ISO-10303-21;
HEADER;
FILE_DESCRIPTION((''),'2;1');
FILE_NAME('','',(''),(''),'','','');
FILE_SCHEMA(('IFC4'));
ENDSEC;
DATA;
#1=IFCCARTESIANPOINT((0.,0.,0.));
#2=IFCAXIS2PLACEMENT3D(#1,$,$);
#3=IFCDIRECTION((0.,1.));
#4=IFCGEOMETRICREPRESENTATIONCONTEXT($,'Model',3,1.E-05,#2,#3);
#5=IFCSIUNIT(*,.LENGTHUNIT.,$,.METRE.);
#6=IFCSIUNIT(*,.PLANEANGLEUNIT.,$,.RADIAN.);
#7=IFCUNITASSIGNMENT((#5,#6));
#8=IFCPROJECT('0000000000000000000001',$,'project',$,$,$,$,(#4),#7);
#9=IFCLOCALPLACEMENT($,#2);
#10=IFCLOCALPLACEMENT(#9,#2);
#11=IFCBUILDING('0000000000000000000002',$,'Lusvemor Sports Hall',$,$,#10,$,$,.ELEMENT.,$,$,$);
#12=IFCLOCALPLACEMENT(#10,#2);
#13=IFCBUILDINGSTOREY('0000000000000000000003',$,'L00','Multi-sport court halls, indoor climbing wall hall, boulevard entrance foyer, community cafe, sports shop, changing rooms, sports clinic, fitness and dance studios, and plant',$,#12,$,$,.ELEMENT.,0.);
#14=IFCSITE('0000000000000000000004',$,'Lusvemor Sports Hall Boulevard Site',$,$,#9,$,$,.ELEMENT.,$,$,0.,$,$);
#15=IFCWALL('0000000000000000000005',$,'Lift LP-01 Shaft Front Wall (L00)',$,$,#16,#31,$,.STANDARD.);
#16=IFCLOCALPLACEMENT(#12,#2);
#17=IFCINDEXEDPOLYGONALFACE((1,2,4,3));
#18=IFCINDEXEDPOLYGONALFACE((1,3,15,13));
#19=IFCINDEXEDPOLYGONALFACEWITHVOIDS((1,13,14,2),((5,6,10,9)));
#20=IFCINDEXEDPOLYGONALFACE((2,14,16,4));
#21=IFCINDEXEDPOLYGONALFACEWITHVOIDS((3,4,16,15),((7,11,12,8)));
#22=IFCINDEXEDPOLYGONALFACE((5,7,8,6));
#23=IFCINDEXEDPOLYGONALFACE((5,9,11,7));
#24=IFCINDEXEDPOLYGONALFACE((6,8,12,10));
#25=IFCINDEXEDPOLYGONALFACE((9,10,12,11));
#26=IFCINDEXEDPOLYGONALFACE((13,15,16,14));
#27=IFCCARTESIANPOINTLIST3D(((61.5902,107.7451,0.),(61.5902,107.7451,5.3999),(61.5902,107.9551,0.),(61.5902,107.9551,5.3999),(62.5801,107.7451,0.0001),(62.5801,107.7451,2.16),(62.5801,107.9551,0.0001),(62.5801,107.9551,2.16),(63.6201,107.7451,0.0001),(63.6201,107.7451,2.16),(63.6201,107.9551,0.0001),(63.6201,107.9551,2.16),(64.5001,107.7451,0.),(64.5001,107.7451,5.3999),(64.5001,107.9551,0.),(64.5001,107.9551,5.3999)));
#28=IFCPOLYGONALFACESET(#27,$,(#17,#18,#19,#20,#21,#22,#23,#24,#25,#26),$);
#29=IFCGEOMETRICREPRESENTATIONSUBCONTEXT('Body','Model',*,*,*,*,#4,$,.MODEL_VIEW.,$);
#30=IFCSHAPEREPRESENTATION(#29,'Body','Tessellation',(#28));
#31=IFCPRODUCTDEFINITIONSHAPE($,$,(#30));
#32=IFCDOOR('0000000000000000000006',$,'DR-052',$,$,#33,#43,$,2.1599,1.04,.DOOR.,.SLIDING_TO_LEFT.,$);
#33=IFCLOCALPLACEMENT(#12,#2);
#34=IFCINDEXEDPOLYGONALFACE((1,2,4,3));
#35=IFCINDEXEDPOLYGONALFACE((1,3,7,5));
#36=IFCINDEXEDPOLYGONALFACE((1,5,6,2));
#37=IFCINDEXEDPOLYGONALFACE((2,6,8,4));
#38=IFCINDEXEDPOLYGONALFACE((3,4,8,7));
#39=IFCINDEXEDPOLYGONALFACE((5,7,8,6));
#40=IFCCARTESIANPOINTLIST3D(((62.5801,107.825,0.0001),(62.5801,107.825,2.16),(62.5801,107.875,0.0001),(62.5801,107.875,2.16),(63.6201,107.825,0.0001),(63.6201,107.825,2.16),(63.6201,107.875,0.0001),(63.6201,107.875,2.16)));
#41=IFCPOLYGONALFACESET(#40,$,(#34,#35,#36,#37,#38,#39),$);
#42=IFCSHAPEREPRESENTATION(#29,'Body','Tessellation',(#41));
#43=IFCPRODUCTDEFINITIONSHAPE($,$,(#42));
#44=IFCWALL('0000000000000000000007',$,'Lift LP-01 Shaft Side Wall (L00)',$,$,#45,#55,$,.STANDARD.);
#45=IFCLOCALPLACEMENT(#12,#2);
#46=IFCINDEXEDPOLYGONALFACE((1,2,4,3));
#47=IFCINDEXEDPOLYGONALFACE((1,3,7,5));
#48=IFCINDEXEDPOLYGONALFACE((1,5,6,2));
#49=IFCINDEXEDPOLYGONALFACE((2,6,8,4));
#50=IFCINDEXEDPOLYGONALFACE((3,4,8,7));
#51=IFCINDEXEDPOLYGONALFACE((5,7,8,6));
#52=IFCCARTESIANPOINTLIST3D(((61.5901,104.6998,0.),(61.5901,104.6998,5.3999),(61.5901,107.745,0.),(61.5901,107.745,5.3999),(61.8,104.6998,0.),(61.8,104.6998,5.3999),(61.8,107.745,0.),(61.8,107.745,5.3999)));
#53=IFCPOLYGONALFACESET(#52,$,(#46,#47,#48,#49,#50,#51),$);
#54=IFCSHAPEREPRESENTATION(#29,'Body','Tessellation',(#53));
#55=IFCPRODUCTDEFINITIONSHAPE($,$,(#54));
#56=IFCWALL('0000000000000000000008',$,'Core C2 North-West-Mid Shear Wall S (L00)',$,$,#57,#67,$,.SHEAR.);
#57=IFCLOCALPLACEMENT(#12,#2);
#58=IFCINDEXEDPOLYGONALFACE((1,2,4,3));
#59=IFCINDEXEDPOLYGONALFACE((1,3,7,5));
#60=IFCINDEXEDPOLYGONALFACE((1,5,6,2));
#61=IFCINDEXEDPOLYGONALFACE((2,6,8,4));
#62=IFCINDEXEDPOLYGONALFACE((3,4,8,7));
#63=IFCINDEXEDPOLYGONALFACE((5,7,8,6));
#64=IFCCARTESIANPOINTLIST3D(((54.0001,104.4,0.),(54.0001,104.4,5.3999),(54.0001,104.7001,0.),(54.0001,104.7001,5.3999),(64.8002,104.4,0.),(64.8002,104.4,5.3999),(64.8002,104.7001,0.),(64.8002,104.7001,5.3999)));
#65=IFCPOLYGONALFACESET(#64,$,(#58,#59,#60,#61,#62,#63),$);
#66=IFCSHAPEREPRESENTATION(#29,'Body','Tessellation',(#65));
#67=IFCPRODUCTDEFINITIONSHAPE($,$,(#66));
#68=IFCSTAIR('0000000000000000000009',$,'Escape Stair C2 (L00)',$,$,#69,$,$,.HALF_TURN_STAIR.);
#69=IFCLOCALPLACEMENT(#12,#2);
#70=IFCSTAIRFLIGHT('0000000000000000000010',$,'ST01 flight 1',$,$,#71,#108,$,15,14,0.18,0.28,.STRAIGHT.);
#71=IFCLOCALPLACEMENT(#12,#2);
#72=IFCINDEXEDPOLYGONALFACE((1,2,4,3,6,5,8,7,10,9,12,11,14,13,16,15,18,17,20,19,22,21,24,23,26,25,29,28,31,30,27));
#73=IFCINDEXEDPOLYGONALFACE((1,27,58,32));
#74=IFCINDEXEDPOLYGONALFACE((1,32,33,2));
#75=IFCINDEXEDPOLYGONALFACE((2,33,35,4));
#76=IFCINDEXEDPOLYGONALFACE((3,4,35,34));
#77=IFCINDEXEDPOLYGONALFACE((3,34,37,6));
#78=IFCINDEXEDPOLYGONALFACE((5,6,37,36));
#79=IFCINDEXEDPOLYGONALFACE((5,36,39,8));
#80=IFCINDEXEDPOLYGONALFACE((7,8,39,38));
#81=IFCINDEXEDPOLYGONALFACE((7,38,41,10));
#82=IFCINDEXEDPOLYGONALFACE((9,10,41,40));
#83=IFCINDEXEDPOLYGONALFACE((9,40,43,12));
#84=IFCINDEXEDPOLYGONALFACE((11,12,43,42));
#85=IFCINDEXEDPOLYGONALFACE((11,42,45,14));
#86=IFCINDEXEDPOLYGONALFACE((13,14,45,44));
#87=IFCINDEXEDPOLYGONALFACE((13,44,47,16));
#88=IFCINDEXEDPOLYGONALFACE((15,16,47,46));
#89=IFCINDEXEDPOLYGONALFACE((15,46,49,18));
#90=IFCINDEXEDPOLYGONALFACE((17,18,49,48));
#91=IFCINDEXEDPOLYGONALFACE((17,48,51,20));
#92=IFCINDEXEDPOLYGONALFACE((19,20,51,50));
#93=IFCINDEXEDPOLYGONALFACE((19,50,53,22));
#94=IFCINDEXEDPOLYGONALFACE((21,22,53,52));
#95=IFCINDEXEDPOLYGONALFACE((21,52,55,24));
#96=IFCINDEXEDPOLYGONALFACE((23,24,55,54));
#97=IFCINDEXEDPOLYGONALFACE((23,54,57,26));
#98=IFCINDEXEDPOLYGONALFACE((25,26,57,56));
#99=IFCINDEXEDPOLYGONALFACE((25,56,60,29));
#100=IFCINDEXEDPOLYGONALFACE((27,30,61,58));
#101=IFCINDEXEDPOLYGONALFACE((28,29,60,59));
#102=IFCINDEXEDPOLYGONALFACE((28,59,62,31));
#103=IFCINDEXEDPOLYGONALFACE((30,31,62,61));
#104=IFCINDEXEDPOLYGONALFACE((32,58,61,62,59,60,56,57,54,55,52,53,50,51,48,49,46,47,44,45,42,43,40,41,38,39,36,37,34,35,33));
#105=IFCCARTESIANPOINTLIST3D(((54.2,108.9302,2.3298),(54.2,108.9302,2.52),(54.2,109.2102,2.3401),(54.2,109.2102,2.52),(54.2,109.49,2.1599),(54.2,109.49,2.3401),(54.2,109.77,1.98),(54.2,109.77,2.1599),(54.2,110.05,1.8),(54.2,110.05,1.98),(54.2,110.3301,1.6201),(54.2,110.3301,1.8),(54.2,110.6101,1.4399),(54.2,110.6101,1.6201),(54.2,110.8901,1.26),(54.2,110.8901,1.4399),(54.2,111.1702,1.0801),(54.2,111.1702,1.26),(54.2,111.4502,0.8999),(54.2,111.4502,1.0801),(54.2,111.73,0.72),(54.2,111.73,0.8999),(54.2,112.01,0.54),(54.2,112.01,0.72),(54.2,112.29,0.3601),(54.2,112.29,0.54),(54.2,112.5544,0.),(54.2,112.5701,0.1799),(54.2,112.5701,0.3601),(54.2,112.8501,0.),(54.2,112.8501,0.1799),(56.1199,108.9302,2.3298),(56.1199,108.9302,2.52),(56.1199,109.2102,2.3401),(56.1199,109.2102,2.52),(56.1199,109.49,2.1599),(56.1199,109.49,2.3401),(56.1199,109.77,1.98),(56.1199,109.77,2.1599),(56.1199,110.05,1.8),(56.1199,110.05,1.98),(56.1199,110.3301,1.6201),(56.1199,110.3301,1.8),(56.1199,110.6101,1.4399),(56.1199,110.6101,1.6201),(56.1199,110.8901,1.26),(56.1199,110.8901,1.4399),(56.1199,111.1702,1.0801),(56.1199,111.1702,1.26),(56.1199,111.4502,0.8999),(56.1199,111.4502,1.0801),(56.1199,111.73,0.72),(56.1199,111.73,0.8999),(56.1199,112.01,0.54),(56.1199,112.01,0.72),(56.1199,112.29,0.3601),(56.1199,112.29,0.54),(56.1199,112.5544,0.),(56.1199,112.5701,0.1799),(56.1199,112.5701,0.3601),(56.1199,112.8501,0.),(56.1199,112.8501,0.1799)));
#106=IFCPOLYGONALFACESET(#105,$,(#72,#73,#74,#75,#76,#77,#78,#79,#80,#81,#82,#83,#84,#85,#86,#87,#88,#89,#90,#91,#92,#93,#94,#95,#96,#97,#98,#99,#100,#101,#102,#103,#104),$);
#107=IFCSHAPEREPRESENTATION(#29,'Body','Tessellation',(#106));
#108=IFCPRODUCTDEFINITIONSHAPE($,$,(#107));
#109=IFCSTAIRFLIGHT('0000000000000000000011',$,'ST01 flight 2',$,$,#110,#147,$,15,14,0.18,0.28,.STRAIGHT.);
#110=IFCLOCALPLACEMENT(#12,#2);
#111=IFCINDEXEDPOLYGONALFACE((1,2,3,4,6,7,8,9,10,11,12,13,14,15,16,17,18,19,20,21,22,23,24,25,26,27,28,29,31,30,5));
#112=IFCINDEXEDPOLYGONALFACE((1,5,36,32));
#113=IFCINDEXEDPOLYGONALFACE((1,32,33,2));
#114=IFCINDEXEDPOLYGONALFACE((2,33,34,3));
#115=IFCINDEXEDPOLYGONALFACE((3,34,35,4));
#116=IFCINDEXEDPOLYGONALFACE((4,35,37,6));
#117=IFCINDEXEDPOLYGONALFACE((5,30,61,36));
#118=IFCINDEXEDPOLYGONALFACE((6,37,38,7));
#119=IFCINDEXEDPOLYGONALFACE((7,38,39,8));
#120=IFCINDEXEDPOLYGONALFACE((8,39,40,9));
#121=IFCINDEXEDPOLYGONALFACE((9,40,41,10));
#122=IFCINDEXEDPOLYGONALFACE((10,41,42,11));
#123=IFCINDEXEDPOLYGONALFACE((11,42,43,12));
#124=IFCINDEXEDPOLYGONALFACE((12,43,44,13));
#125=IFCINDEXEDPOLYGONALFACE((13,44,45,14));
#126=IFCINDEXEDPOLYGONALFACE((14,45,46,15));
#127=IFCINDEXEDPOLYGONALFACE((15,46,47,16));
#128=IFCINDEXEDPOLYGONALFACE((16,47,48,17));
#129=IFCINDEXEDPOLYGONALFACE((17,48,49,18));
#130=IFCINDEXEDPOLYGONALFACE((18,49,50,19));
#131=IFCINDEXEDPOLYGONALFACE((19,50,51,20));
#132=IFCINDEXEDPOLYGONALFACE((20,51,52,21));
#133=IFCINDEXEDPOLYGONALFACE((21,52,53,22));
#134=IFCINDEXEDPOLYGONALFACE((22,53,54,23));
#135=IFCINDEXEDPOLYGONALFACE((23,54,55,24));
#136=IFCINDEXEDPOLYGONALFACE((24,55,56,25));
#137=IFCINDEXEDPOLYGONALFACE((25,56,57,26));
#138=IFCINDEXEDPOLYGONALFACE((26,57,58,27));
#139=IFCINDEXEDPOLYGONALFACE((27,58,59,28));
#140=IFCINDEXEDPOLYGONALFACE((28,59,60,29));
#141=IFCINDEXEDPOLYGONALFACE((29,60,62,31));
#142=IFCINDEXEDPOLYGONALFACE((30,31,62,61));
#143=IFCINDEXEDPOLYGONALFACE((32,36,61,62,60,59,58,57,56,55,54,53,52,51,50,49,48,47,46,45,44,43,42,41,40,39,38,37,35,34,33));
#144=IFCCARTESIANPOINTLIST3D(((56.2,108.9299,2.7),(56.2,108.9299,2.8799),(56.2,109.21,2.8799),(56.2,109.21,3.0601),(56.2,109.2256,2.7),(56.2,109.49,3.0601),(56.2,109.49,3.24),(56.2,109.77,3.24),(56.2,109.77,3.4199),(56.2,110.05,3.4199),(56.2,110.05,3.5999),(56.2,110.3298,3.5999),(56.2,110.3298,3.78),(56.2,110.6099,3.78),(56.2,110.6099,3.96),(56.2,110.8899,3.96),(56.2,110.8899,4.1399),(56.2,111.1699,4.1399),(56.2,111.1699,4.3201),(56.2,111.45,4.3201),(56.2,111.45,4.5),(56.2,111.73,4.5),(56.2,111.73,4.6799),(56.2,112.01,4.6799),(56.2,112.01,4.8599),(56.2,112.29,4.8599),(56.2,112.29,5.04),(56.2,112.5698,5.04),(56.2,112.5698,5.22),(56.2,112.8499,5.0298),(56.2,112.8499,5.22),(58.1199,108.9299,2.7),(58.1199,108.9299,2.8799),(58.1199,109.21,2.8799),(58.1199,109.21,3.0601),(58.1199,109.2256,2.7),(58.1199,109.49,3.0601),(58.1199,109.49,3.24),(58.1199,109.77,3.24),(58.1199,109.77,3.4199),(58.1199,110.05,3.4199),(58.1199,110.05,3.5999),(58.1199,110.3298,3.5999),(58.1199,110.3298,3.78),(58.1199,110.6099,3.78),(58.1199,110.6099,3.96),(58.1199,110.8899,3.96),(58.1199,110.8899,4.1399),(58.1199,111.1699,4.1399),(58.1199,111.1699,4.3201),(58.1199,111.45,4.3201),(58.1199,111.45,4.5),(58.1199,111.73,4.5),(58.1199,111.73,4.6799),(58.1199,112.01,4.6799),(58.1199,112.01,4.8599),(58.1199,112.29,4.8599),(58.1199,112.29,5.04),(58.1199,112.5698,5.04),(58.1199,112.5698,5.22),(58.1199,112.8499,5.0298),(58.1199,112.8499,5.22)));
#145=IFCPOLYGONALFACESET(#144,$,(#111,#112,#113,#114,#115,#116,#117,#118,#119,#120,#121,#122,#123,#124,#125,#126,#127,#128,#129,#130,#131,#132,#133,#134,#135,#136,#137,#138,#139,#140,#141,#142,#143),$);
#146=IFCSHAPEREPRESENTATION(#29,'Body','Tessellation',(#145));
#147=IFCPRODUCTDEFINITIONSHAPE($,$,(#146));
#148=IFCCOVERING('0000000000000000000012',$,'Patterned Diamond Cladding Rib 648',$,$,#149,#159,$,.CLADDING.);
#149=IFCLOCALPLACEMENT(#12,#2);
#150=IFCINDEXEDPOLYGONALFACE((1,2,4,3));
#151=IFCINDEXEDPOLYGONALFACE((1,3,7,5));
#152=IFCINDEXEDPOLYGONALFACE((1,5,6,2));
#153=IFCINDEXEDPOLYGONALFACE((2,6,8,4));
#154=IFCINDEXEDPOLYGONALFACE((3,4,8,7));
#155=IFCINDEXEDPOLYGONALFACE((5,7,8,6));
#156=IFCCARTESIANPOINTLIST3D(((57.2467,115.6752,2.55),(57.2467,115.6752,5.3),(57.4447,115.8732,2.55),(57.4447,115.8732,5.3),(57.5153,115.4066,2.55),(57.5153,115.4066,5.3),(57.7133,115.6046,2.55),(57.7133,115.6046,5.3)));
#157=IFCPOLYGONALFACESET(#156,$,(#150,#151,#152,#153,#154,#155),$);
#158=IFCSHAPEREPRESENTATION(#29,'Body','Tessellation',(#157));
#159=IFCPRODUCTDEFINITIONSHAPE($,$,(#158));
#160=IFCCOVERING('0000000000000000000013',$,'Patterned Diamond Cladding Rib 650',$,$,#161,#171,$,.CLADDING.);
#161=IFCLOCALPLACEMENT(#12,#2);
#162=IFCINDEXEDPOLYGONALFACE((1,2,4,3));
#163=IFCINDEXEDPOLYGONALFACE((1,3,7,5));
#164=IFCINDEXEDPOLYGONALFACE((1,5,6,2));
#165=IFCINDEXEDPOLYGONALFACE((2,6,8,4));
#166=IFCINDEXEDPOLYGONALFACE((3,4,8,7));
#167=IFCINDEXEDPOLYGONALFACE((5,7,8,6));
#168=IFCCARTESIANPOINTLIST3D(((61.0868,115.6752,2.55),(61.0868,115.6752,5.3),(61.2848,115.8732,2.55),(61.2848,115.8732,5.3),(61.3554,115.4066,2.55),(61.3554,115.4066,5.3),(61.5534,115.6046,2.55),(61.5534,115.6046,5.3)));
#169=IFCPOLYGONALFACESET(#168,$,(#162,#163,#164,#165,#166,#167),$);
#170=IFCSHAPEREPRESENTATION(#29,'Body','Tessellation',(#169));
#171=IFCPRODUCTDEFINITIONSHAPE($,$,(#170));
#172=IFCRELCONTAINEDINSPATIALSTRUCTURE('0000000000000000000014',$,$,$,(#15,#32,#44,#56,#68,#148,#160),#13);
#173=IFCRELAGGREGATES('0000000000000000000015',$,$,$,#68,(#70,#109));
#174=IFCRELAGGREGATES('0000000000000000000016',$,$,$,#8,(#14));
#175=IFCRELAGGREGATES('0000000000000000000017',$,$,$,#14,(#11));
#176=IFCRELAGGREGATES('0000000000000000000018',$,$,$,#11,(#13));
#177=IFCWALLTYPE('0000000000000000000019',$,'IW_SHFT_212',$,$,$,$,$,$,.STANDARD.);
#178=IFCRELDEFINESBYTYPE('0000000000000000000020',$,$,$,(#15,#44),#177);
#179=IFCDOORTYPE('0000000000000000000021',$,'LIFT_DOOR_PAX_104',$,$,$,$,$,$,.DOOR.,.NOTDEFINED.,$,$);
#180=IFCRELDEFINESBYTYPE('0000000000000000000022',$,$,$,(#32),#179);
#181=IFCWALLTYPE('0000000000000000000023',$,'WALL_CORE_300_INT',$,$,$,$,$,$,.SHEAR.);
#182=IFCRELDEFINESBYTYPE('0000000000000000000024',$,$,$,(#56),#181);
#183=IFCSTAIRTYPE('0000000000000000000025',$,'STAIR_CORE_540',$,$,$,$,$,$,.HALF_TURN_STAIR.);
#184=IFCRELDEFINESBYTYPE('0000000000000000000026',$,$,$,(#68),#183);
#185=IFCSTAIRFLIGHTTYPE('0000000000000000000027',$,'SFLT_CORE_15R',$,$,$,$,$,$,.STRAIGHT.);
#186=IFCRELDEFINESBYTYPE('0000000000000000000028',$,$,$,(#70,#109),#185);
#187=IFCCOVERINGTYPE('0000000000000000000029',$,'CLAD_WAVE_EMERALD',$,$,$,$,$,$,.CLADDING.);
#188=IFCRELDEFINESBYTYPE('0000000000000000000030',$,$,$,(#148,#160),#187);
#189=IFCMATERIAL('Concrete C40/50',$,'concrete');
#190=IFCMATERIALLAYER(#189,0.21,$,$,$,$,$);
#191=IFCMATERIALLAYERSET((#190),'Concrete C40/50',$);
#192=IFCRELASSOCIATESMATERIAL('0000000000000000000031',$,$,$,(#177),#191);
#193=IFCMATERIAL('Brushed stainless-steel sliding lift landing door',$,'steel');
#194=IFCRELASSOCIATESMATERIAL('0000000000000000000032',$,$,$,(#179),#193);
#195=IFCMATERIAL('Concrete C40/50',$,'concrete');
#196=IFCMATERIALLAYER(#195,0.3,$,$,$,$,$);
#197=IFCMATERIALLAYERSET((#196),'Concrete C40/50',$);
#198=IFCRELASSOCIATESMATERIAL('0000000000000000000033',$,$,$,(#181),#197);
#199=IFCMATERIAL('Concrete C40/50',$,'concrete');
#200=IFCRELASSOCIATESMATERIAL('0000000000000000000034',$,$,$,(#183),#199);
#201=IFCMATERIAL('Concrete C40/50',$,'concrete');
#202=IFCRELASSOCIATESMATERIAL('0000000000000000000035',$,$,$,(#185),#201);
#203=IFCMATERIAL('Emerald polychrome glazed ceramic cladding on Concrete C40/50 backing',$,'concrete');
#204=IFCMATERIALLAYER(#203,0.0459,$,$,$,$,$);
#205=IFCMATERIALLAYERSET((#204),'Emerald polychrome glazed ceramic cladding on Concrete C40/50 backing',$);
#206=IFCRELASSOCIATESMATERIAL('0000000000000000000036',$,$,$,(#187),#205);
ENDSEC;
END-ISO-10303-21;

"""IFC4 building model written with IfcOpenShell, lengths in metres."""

from ifc_helpers import new_model, si_unit, direction, frame, frame_2d, origin, origin_2d, place, context, subcontext, project, spatial, polyline, rectangle, outline, extrude, material, layer, layer_set, type_object, element, fill, aggregate, save


model = new_model("IFC4")

# Units and contexts
model_context = context("Model", 3, precision=1e-05, world=origin(), true_north=direction((0.0, 1.0)))
body_context = subcontext(model_context, "Body", "Model", "MODEL_VIEW")
ifc_project = project(units=[si_unit("LENGTHUNIT", "METRE"), si_unit("PLANEANGLEUNIT", "RADIAN")], contexts=[model_context])

# Site, building, storey
site_placement = place(None, origin())
site = spatial("IfcSite", under=ifc_project, at=site_placement, Name="Lusvemor Sports Hall Boulevard Site", CompositionType="ELEMENT", RefElevation=0.0)
building_placement = place(site_placement, origin())
building = spatial("IfcBuilding", under=site, at=building_placement, Name="Lusvemor Sports Hall", CompositionType="ELEMENT")
storey_placement = place(building_placement, origin())
storey = spatial("IfcBuildingStorey", under=building, at=storey_placement, Name="L00", Description="Multi-sport court halls, indoor climbing wall hall, boulevard entrance foyer, community cafe, sports shop, changing rooms, sports clinic, fitness and dance studios, and plant", CompositionType="ELEMENT", Elevation=0.0)

# Wall, opening, door
ifc_material_1 = material(Name="Concrete C40/50", Category="concrete")
ifc_layer_1 = layer(ifc_material_1, 0.21)
ifc_layer_set_1 = layer_set([ifc_layer_1], Name="Concrete C40/50")
wall_type_1 = type_object("IfcWallType", Name="IW_SHFT_212", PredefinedType="STANDARD", material=ifc_layer_set_1)
wall_1_placement = place(storey_placement, frame((61.5901, 107.8501, 0.0), z_axis=(0.0, 0.0, 1.0), x_axis=(1.0, 0.0, 0.0)))
wall_1 = element("IfcWall", 1, at=wall_1_placement, inside=storey, type_object=wall_type_1, Name="Lift LP-01 Shaft Front Wall (L00)", PredefinedType="STANDARD", context=body_context, shape_type="SweptSolid", body=[
    extrude(rectangle(XDim=2.9099, YDim=0.21, at=frame_2d((1.4551, 0.0))), origin(), (0.0, 0.0, 1.0), 5.3999),
])
opening_1_placement = place(wall_1_placement, frame((0.99, 0.0, 0.0)))
opening_1 = element("IfcOpeningElement", 2, at=opening_1_placement, cuts=wall_1, PredefinedType="OPENING", context=body_context, shape_type="SweptSolid", body=[
    extrude(rectangle(XDim=1.04, YDim=2.1599, at=frame_2d((0.52, 1.0801))), frame((0.0, 0.105, 0.0), z_axis=(0.0, -1.0, 0.0), x_axis=(1.0, 0.0, 0.0)), (0.0, 0.0, 1.0), 0.21),
])
ifc_material_2 = material(Name="Brushed stainless-steel sliding lift landing door", Category="steel")
door_type_1 = type_object("IfcDoorType", Name="LIFT_DOOR_PAX_104", OperationType="NOTDEFINED", PredefinedType="DOOR", material=ifc_material_2)
door_1_placement = place(opening_1_placement, origin())
door_1 = element("IfcDoor", 3, at=door_1_placement, inside=storey, type_object=door_type_1, Name="DR-052", OperationType="SLIDING_TO_LEFT", OverallHeight=2.1599, OverallWidth=1.04, PredefinedType="DOOR", context=body_context, shape_type="SweptSolid", body=[
    extrude(rectangle(XDim=1.04, YDim=2.1599, at=frame_2d((0.52, 1.0801))), frame((0.0, 0.0249, 0.0), z_axis=(0.0, -1.0, 0.0), x_axis=(1.0, 0.0, 0.0)), (0.0, 0.0, 1.0), 0.05),
])
fill(opening_1, door_1)

# Walls
wall_2_placement = place(storey_placement, frame((61.6951, 104.7, 0.0), z_axis=(0.0, 0.0, 1.0), x_axis=(0.0, 1.0, 0.0)))
element("IfcWall", 4, at=wall_2_placement, inside=storey, type_object=wall_type_1, Name="Lift LP-01 Shaft Side Wall (L00)", PredefinedType="STANDARD", context=body_context, shape_type="SweptSolid", body=[
    extrude(rectangle(XDim=3.0452, YDim=0.21, at=frame_2d((1.5225, 0.0))), origin(), (0.0, 0.0, 1.0), 5.3999),
])
ifc_material_3 = material(Name="Concrete C40/50", Category="concrete")
ifc_layer_2 = layer(ifc_material_3, 0.3)
ifc_layer_set_2 = layer_set([ifc_layer_2], Name="Concrete C40/50")
wall_type_2 = type_object("IfcWallType", Name="WALL_CORE_300_INT", PredefinedType="SHEAR", material=ifc_layer_set_2)
wall_3_placement = place(storey_placement, frame((64.8, 104.55, 0.0), z_axis=(0.0, 0.0, 1.0), x_axis=(-1.0, 0.0, 0.0)))
element("IfcWall", 5, at=wall_3_placement, inside=storey, type_object=wall_type_2, Name="Core C2 North-West-Mid Shear Wall S (L00)", PredefinedType="SHEAR", context=body_context, shape_type="SweptSolid", body=[
    extrude(rectangle(XDim=10.8, YDim=0.3, at=frame_2d((5.3999, 0.0))), origin(), (0.0, 0.0, 1.0), 5.3999),
])

# Stair, stair flights
ifc_material_4 = material(Name="Concrete C40/50", Category="concrete")
stair_type = type_object("IfcStairType", Name="STAIR_CORE_540", PredefinedType="HALF_TURN_STAIR", material=ifc_material_4)
stair_placement = place(storey_placement, origin())
stair = element("IfcStair", 6, at=stair_placement, inside=storey, type_object=stair_type, Name="Escape Stair C2 (L00)", PredefinedType="HALF_TURN_STAIR")
ifc_material_5 = material(Name="Concrete C40/50", Category="concrete")
stair_flight_type = type_object("IfcStairFlightType", Name="SFLT_CORE_15R", PredefinedType="STRAIGHT", material=ifc_material_5)
stair_flight_1_placement = place(storey_placement, frame((55.1599, 112.8501, 0.0), z_axis=(0.0, 0.0, 1.0), x_axis=(0.0, -1.0, 0.0)))
stair_flight_1 = element("IfcStairFlight", 7, at=stair_flight_1_placement, type_object=stair_flight_type, Name="ST01 flight 1", NumberOfRisers=15, NumberOfTreads=14, PredefinedType="STRAIGHT", RiserHeight=0.18, TreadLength=0.28, context=body_context, shape_type="SweptSolid", body=[
    extrude(outline(polyline([(0.0, 0.0), (0.0, 0.1799), (0.28, 0.1799), (0.28, 0.3601), (0.5601, 0.3601), (0.5601, 0.54), (0.8401, 0.54), (0.8401, 0.72), (1.1201, 0.72), (1.1201, 0.8999), (1.3999, 0.8999), (1.3999, 1.0801), (1.6799, 1.0801), (1.6799, 1.26), (1.96, 1.26), (1.96, 1.4399), (2.24, 1.4399), (2.24, 1.6201), (2.52, 1.6201), (2.52, 1.8), (2.8, 1.8), (2.8, 1.98), (3.0801, 1.98), (3.0801, 2.1599), (3.3601, 2.1599), (3.3601, 2.3401), (3.6399, 2.3401), (3.6399, 2.52), (3.9199, 2.52), (3.9199, 2.7), (3.9199, 2.3298), (0.2957, 0.0), (0.0, 0.0)])), frame((0.0, 0.96, 0.0), z_axis=(0.0, -1.0, 0.0), x_axis=(1.0, 0.0, 0.0)), (0.0, 0.0, 1.0), 1.9199),
])
stair_flight_2_placement = place(storey_placement, frame((57.1599, 108.9299, 2.7), z_axis=(0.0, 0.0, 1.0), x_axis=(0.0, 1.0, 0.0)))
stair_flight_2 = element("IfcStairFlight", 8, at=stair_flight_2_placement, type_object=stair_flight_type, Name="ST01 flight 2", NumberOfRisers=15, NumberOfTreads=14, PredefinedType="STRAIGHT", RiserHeight=0.18, TreadLength=0.28, context=body_context, shape_type="SweptSolid", body=[
    extrude(outline(polyline([(0.0, 0.0), (0.0, 0.1799), (0.28, 0.1799), (0.28, 0.3601), (0.5601, 0.3601), (0.5601, 0.54), (0.8401, 0.54), (0.8401, 0.72), (1.1201, 0.72), (1.1201, 0.8999), (1.3999, 0.8999), (1.3999, 1.0801), (1.6799, 1.0801), (1.6799, 1.26), (1.96, 1.26), (1.96, 1.4399), (2.24, 1.4399), (2.24, 1.6201), (2.52, 1.6201), (2.52, 1.8), (2.8, 1.8), (2.8, 1.98), (3.0801, 1.98), (3.0801, 2.1599), (3.3601, 2.1599), (3.3601, 2.3401), (3.6399, 2.3401), (3.6399, 2.52), (3.9199, 2.52), (3.9199, 2.7), (3.9199, 2.3298), (0.2957, 0.0), (0.0, 0.0)])), frame((0.0, 0.96, 0.0), z_axis=(0.0, -1.0, 0.0), x_axis=(1.0, 0.0, 0.0)), (0.0, 0.0, 1.0), 1.9199),
])
aggregate(stair, [stair_flight_1, stair_flight_2])

# Coverings
ifc_material_6 = material(Name="Emerald polychrome glazed ceramic cladding on Concrete C40/50 backing", Category="concrete")
ifc_layer_3 = layer(ifc_material_6, 0.0459)
ifc_layer_set_3 = layer_set([ifc_layer_3], Name="Emerald polychrome glazed ceramic cladding on Concrete C40/50 backing")
covering_type_1 = type_object("IfcCoveringType", Name="CLAD_WAVE_EMERALD", PredefinedType="CLADDING", material=ifc_layer_set_3)
for number, where, z_axis, x_axis, name in (
    (9, (57.48, 115.6399, 2.55), (0.0, 0.0, 1.0), (0.707107, 0.707107, 0.0), "Patterned Diamond Cladding Rib 648"),
    (10, (61.3201, 115.6399, 2.55), (0.0, 0.0, 1.0), (0.707107, 0.707107, 0.0), "Patterned Diamond Cladding Rib 650"),
):
    element("IfcCovering", number, at=place(storey_placement, frame(where, z_axis=z_axis, x_axis=x_axis)), inside=storey, type_object=covering_type_1, Name=name, PredefinedType="CLADDING", context=body_context, shape_type="SweptSolid", body=[
        extrude(rectangle(XDim=0.28, YDim=0.3799, at=origin_2d()), origin(), (0.0, 0.0, 1.0), 2.75),
    ])

save(model, "model.ifc")
